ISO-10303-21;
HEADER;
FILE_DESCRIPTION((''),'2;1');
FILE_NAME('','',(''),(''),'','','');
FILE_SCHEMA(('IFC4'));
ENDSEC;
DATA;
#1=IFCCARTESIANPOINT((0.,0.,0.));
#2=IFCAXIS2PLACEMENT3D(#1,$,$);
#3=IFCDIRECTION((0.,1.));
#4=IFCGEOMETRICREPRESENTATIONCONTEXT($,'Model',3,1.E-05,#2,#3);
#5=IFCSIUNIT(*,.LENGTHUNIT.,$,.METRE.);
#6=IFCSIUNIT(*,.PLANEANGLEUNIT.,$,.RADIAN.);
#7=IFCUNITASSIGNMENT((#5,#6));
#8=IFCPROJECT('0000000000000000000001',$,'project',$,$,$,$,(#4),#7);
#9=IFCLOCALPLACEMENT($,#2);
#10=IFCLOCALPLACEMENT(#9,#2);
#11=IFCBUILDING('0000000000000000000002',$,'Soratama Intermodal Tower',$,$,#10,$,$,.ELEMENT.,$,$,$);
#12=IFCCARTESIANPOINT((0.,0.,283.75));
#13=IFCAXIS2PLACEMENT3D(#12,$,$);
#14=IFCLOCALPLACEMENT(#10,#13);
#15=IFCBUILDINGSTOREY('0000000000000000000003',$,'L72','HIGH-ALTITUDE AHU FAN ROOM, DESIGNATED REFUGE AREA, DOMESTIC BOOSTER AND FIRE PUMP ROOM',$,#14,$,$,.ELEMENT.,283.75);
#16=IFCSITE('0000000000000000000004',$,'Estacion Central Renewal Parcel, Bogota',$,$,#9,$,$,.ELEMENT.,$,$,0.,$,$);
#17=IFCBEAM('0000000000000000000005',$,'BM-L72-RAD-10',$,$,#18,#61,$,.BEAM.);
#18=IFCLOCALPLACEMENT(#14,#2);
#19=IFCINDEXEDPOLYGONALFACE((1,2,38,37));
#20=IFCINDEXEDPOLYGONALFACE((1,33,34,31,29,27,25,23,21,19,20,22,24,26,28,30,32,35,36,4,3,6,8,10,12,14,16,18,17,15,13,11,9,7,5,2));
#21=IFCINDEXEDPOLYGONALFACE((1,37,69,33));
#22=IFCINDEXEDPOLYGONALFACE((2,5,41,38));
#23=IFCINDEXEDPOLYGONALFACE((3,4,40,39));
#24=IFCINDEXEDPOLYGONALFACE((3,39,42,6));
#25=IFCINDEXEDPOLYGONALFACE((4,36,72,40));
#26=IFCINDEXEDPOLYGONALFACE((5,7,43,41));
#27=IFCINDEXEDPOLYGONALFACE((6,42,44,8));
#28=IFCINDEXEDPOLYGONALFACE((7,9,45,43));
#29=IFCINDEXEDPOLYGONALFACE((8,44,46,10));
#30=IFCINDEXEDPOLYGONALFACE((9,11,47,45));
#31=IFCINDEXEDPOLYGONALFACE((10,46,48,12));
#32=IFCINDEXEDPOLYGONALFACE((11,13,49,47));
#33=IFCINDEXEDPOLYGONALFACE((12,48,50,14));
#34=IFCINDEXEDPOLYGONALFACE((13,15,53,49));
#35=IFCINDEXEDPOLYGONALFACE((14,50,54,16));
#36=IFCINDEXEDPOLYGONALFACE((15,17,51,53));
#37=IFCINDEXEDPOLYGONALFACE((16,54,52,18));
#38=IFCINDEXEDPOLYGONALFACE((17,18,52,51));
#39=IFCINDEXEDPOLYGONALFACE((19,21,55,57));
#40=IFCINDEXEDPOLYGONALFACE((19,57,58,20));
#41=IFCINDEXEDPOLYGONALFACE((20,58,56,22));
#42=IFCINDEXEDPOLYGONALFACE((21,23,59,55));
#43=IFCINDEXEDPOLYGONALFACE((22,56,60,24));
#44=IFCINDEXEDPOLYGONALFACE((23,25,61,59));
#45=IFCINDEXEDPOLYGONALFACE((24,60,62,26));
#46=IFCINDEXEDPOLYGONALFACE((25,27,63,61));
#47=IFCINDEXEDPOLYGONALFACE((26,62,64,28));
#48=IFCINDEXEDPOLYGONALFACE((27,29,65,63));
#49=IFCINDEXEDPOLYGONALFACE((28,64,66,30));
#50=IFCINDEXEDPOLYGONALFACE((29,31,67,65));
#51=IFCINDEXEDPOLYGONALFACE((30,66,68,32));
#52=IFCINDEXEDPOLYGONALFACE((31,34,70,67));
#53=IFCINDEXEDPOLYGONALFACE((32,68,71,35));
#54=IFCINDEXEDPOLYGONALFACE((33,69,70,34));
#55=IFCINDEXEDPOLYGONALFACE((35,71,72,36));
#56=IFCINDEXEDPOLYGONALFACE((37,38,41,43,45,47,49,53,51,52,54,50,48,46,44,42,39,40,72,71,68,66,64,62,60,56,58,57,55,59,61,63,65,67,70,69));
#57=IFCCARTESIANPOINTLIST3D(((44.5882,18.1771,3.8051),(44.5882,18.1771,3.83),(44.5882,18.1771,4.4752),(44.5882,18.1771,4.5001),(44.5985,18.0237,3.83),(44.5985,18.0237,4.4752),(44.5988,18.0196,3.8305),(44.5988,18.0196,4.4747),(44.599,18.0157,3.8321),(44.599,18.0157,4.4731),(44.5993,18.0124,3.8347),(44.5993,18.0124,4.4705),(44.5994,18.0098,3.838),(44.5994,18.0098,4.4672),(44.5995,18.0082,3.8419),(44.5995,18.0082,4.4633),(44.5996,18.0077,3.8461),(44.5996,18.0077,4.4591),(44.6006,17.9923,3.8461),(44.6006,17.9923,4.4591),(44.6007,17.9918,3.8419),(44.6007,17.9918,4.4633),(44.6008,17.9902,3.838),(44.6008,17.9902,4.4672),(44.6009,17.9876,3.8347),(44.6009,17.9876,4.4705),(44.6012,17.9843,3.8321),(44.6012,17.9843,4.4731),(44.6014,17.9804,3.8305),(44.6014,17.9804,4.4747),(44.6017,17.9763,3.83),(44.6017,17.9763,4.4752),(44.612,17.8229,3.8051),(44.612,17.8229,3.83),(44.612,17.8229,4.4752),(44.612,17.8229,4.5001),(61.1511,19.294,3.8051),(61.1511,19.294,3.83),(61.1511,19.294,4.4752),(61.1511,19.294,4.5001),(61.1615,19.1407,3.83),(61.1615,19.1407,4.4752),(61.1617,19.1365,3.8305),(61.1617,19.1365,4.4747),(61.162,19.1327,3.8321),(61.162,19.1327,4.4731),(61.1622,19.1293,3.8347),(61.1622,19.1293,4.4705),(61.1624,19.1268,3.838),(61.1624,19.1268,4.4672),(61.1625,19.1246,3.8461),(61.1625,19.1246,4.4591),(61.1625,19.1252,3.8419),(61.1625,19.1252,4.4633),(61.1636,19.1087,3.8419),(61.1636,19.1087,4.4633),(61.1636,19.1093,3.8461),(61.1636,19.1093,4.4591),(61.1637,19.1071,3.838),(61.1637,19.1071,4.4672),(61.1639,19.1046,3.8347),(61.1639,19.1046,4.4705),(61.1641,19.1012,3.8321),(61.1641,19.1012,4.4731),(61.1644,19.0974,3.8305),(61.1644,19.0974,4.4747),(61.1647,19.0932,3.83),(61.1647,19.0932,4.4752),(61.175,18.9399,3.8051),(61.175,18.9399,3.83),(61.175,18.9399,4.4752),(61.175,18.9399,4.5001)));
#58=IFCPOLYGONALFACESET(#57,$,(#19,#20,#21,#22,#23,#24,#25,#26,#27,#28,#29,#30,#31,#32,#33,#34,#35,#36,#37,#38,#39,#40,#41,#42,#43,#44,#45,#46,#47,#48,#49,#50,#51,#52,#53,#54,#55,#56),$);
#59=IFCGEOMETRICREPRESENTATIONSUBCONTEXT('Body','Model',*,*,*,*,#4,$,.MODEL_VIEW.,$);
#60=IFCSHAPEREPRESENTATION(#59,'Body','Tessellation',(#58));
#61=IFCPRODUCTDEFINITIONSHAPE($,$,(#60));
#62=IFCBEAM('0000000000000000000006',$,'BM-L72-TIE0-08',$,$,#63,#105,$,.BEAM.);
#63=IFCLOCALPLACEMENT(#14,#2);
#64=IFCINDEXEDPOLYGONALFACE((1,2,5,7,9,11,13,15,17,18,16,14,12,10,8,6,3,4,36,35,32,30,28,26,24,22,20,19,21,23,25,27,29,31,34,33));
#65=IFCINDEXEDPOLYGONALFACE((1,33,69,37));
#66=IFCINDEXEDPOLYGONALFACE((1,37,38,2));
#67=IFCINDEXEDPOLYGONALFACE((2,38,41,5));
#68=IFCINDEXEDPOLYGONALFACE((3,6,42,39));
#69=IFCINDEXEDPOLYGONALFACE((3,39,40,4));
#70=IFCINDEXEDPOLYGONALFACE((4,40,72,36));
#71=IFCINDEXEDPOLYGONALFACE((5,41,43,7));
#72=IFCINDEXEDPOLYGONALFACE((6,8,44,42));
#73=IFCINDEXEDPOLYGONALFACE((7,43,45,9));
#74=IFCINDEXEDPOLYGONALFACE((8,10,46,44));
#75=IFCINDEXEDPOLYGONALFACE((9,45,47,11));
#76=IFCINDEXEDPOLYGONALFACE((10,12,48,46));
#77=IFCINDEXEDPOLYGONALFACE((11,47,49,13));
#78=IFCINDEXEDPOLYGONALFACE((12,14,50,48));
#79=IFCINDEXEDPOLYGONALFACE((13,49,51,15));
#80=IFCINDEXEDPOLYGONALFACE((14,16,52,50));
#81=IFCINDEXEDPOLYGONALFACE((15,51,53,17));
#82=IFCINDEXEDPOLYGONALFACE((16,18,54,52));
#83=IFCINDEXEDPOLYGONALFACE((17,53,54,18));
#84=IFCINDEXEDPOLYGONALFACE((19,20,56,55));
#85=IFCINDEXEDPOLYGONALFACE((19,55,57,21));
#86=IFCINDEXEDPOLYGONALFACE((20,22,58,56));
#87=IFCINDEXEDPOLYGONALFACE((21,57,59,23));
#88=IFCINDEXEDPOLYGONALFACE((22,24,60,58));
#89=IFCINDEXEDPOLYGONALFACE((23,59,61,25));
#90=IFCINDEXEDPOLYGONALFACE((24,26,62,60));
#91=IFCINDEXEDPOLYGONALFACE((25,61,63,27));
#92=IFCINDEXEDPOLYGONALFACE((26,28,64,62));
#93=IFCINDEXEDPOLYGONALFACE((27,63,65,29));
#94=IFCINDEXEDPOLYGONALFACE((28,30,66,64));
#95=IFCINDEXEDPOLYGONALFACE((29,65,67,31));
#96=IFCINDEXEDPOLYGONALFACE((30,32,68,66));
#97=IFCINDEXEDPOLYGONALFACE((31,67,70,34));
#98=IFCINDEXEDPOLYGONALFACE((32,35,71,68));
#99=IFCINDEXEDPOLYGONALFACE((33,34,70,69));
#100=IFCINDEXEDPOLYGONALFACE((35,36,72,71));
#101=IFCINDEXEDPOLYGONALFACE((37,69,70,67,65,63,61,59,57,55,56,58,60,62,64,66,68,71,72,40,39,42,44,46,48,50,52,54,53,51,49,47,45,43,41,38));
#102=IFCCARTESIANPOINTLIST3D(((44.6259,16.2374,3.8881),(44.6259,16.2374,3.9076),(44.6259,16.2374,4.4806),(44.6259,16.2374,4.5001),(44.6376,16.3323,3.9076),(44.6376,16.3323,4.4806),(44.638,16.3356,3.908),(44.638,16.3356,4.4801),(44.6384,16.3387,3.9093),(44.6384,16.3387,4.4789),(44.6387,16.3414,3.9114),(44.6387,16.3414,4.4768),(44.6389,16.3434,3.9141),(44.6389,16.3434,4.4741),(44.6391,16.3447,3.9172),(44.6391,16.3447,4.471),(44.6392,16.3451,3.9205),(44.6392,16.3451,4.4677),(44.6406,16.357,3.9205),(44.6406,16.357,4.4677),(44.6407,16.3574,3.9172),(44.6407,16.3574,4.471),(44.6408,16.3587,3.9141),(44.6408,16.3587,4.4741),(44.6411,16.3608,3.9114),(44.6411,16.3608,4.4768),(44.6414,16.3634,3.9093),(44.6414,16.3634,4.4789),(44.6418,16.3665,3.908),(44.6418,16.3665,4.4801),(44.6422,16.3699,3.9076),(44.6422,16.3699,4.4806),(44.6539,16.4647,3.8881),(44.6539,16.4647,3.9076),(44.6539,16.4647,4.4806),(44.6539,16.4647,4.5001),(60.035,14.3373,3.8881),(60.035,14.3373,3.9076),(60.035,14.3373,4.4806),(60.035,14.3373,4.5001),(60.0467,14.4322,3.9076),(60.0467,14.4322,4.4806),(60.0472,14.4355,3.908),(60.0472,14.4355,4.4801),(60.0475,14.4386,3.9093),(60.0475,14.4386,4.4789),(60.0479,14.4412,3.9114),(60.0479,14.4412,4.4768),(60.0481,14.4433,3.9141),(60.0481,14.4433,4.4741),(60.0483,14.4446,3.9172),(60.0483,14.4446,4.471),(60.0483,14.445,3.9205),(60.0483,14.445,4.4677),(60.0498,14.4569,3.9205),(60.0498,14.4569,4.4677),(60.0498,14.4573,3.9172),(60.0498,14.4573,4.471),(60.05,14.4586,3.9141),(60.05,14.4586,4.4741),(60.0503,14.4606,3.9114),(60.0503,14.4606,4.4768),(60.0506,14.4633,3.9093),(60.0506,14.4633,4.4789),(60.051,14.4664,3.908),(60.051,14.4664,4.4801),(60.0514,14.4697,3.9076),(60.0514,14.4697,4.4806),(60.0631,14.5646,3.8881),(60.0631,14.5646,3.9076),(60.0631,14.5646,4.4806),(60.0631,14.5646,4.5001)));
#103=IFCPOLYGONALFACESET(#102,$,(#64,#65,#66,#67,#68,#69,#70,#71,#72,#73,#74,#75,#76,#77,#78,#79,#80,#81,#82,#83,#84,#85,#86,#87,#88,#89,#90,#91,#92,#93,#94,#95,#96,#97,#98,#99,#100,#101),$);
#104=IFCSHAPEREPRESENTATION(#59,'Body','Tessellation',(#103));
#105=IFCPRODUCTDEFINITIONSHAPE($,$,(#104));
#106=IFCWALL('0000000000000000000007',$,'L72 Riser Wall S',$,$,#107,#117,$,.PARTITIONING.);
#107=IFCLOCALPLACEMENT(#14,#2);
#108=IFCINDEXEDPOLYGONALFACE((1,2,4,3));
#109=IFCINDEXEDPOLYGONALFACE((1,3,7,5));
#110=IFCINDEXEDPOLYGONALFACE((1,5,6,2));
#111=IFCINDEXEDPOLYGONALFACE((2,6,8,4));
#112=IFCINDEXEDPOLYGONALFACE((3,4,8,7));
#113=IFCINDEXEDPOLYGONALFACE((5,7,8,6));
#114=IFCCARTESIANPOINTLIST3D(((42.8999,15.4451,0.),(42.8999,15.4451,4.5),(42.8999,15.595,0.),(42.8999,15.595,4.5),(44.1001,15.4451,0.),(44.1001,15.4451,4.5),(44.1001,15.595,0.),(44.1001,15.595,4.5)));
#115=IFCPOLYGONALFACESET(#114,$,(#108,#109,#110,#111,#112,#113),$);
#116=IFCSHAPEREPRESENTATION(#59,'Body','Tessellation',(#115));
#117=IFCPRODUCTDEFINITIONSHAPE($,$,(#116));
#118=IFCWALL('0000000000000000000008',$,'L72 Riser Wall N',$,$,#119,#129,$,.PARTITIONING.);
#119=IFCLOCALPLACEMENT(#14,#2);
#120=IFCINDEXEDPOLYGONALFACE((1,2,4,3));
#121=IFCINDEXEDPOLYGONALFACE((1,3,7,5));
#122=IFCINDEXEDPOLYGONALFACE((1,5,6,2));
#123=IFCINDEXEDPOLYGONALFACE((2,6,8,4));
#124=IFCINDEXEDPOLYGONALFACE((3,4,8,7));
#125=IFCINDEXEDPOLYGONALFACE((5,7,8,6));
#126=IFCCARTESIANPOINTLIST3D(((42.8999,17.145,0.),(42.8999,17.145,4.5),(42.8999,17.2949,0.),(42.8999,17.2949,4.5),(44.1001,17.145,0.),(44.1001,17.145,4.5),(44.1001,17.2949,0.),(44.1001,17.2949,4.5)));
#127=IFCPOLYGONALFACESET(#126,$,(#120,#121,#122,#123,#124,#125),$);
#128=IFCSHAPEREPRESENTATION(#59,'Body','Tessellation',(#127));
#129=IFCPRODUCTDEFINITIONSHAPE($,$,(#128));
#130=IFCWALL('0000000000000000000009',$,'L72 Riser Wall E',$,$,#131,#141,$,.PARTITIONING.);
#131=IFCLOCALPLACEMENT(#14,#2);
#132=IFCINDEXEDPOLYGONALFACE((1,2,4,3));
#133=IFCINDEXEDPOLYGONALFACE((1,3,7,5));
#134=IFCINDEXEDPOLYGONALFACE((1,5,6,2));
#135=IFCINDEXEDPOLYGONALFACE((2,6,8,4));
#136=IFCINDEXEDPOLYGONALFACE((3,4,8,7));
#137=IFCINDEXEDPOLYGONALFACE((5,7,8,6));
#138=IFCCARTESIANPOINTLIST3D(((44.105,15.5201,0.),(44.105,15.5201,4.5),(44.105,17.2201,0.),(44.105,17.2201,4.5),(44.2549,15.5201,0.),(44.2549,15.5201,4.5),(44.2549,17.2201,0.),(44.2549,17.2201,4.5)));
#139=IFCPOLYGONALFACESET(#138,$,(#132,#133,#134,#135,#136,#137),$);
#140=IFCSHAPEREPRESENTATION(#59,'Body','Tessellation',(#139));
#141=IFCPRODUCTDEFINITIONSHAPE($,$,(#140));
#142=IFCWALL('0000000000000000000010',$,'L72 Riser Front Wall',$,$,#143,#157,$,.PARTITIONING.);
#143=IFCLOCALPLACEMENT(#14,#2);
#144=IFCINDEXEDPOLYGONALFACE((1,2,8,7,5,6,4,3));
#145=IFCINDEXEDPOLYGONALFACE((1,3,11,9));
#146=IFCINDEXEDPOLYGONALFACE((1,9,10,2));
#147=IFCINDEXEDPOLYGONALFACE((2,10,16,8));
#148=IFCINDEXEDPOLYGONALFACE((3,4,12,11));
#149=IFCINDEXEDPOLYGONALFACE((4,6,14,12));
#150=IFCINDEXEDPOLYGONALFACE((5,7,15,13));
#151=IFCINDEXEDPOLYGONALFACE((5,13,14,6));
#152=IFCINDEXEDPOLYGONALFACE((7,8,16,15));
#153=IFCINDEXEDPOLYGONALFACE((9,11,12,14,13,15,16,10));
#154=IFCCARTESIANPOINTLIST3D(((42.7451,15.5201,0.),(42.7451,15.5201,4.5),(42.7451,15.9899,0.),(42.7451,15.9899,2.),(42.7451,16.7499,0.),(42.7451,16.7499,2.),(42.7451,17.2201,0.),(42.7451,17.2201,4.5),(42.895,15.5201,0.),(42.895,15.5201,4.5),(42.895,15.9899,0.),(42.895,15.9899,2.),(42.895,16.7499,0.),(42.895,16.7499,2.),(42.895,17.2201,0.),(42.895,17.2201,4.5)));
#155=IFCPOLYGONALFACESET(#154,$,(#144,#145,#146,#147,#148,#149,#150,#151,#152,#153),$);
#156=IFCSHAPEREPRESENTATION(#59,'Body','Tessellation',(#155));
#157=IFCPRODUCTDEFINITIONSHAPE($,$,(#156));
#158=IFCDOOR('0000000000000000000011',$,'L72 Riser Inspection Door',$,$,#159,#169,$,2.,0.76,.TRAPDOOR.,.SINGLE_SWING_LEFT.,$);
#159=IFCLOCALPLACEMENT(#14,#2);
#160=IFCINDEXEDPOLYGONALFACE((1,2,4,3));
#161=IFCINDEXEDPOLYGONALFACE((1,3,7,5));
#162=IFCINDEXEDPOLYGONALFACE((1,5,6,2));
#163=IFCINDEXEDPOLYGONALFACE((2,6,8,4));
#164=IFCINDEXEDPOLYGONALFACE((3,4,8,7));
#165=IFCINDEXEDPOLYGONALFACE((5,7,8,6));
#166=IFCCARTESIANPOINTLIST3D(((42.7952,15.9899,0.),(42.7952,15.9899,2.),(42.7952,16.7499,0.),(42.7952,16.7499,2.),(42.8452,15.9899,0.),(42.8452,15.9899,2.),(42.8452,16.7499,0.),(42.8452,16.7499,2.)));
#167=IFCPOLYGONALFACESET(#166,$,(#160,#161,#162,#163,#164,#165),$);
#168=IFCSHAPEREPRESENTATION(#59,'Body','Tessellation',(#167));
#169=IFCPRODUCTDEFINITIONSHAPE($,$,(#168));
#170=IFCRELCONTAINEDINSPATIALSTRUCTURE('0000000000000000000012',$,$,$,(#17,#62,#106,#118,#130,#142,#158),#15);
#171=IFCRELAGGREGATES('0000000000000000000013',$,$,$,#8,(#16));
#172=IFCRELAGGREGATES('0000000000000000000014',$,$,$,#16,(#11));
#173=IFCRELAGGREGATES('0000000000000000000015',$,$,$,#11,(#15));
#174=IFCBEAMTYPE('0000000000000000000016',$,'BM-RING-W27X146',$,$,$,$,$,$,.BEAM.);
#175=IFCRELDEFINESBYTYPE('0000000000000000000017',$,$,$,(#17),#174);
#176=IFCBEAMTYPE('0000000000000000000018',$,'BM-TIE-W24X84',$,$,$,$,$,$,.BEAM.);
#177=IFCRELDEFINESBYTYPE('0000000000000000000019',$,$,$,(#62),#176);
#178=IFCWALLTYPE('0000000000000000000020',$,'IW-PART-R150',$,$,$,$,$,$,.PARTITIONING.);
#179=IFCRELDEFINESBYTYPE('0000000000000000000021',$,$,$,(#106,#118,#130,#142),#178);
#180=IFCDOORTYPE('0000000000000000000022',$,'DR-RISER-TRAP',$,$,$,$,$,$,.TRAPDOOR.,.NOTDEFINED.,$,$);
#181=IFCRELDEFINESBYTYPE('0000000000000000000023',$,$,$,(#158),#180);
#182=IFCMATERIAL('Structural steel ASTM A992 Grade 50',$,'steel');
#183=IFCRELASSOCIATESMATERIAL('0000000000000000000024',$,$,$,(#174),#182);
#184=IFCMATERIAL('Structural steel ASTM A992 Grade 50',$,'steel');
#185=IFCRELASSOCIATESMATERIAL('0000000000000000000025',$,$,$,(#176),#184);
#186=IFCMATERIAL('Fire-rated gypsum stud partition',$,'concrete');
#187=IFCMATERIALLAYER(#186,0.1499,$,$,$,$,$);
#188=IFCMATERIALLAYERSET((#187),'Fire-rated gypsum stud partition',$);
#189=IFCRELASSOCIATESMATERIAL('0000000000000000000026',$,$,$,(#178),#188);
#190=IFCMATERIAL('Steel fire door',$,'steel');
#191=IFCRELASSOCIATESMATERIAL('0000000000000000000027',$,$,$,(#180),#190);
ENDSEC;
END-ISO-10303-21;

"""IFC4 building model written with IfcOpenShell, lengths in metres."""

from ifc_helpers import new_model, si_unit, direction, frame, frame_2d, origin, origin_2d, place, context, subcontext, project, spatial, rectangle, i_section, extrude, material, layer, layer_set, material_profile, profile_set, type_object, element, fill, save


model = new_model("IFC4")

# Units and contexts
model_context = context("Model", 3, precision=1e-05, world=origin(), true_north=direction((0.0, 1.0)))
body_context = subcontext(model_context, "Body", "Model", "MODEL_VIEW")
ifc_project = project(units=[si_unit("LENGTHUNIT", "METRE"), si_unit("PLANEANGLEUNIT", "RADIAN")], contexts=[model_context])

# Site, building, storey
site_placement = place(None, origin())
site = spatial("IfcSite", under=ifc_project, at=site_placement, Name="Estacion Central Renewal Parcel, Bogota", CompositionType="ELEMENT", RefElevation=0.0)
building_placement = place(site_placement, origin())
building = spatial("IfcBuilding", under=site, at=building_placement, Name="Soratama Intermodal Tower", CompositionType="ELEMENT")
storey_placement = place(building_placement, frame((0.0, 0.0, 283.75)))
storey = spatial("IfcBuildingStorey", under=building, at=storey_placement, Name="L72", Description="HIGH-ALTITUDE AHU FAN ROOM, DESIGNATED REFUGE AREA, DOMESTIC BOOSTER AND FIRE PUMP ROOM", CompositionType="ELEMENT", Elevation=283.75)

# Beams
ifc_material_1 = material(Name="Structural steel ASTM A992 Grade 50", Category="steel")
ifc_material_profile_1 = material_profile(ifc_material_1, i_section(OverallWidth=0.355, OverallDepth=0.6951, WebThickness=0.0154, FlangeThickness=0.0249, FilletRadius=0.0161, at=origin_2d()), Name="W27X146")
ifc_profile_set_1 = profile_set([ifc_material_profile_1], Name="Structural steel ASTM A992 Grade 50")
beam_type_1 = type_object("IfcBeamType", Name="BM-RING-W27X146", PredefinedType="BEAM", material=ifc_profile_set_1)
beam_1_placement = place(storey_placement, frame((44.6001, 18.0, 4.1526), z_axis=(0.997734, 0.067283, 0.0), x_axis=(-0.067283, 0.997734, 0.0)))
element("IfcBeam", 1, at=beam_1_placement, inside=storey, type_object=beam_type_1, Name="BM-L72-RAD-10", PredefinedType="BEAM", context=body_context, shape_type="SweptSolid", body=[
    extrude(i_section(OverallWidth=0.355, OverallDepth=0.6951, WebThickness=0.0154, FlangeThickness=0.0249, FilletRadius=0.0161, at=origin_2d()), origin(), (0.0, 0.0, 1.0), 16.6006),
])
ifc_material_2 = material(Name="Structural steel ASTM A992 Grade 50", Category="steel")
ifc_material_profile_2 = material_profile(ifc_material_2, i_section(OverallWidth=0.229, OverallDepth=0.6121, WebThickness=0.012, FlangeThickness=0.0195, FilletRadius=0.0129, at=origin_2d()), Name="W24X84")
ifc_profile_set_2 = profile_set([ifc_material_profile_2], Name="Structural steel ASTM A992 Grade 50")
beam_type_2 = type_object("IfcBeamType", Name="BM-TIE-W24X84", PredefinedType="BEAM", material=ifc_profile_set_2)
beam_2_placement = place(storey_placement, frame((44.6399, 16.3511, 4.1941), z_axis=(0.992483, -0.122386, 0.0), x_axis=(0.122386, 0.992483, 0.0)))
element("IfcBeam", 2, at=beam_2_placement, inside=storey, type_object=beam_type_2, Name="BM-L72-TIE0-08", PredefinedType="BEAM", context=body_context, shape_type="SweptSolid", body=[
    extrude(i_section(OverallWidth=0.229, OverallDepth=0.6121, WebThickness=0.012, FlangeThickness=0.0195, FilletRadius=0.0129, at=origin_2d()), origin(), (0.0, 0.0, 1.0), 15.5259),
])

# Walls
ifc_material_3 = material(Name="Fire-rated gypsum stud partition", Category="concrete")
ifc_layer_1 = layer(ifc_material_3, 0.1499)
ifc_layer_set_1 = layer_set([ifc_layer_1], Name="Fire-rated gypsum stud partition")
wall_type_1 = type_object("IfcWallType", Name="IW-PART-R150", PredefinedType="PARTITIONING", material=ifc_layer_set_1)
for number, where, z_axis, x_axis, name in (
    (3, (42.8999, 15.52, 0.0), (0.0, 0.0, 1.0), (1.0, 0.0, 0.0), "L72 Riser Wall S"),
    (4, (42.8999, 17.22, 0.0), (0.0, 0.0, 1.0), (1.0, 0.0, 0.0), "L72 Riser Wall N"),
):
    element("IfcWall", number, at=place(storey_placement, frame(where, z_axis=z_axis, x_axis=x_axis)), inside=storey, type_object=wall_type_1, Name=name, PredefinedType="PARTITIONING", context=body_context, shape_type="SweptSolid", body=[
        extrude(rectangle(XDim=1.2002, YDim=0.1499, at=frame_2d((0.6001, 0.0))), origin(), (0.0, 0.0, 1.0), 4.5),
    ])
wall_1_placement = place(storey_placement, frame((44.1799, 15.52, 0.0), z_axis=(0.0, 0.0, 1.0), x_axis=(0.0, 1.0, 0.0)))
element("IfcWall", 5, at=wall_1_placement, inside=storey, type_object=wall_type_1, Name="L72 Riser Wall E", PredefinedType="PARTITIONING", context=body_context, shape_type="SweptSolid", body=[
    extrude(rectangle(XDim=1.7, YDim=0.1499, at=frame_2d((0.8501, 0.0))), origin(), (0.0, 0.0, 1.0), 4.5),
])

# Wall, opening, door
wall_2_placement = place(storey_placement, frame((42.8201, 15.52, 0.0), z_axis=(0.0, 0.0, 1.0), x_axis=(0.0, 1.0, 0.0)))
wall_2 = element("IfcWall", 6, at=wall_2_placement, inside=storey, type_object=wall_type_1, Name="L72 Riser Front Wall", PredefinedType="PARTITIONING", context=body_context, shape_type="SweptSolid", body=[
    extrude(rectangle(XDim=1.7, YDim=0.1499, at=frame_2d((0.8501, 0.0))), origin(), (0.0, 0.0, 1.0), 4.5),
])
opening_1_placement = place(wall_2_placement, frame((0.47, 0.0, 0.0)))
opening_1 = element("IfcOpeningElement", 7, at=opening_1_placement, cuts=wall_2, PredefinedType="OPENING", context=body_context, shape_type="SweptSolid", body=[
    extrude(rectangle(XDim=0.76, YDim=2.0, at=frame_2d((0.3799, 1.0))), frame((0.0, 0.085, 0.0), z_axis=(0.0, -1.0, 0.0), x_axis=(1.0, 0.0, 0.0)), (0.0, 0.0, 1.0), 0.1699),
])
ifc_material_4 = material(Name="Steel fire door", Category="steel")
door_type_1 = type_object("IfcDoorType", Name="DR-RISER-TRAP", OperationType="NOTDEFINED", PredefinedType="TRAPDOOR", material=ifc_material_4)
door_1_placement = place(opening_1_placement, origin())
door_1 = element("IfcDoor", 8, at=door_1_placement, inside=storey, type_object=door_type_1, Name="L72 Riser Inspection Door", OperationType="SINGLE_SWING_LEFT", OverallHeight=2.0, OverallWidth=0.76, PredefinedType="TRAPDOOR", context=body_context, shape_type="SweptSolid", body=[
    extrude(rectangle(XDim=0.76, YDim=2.0, at=frame_2d((0.3799, 1.0))), frame((0.0, 0.0249, 0.0), z_axis=(0.0, -1.0, 0.0), x_axis=(1.0, 0.0, 0.0)), (0.0, 0.0, 1.0), 0.05),
])
fill(opening_1, door_1)

save(model, "model.ifc")
